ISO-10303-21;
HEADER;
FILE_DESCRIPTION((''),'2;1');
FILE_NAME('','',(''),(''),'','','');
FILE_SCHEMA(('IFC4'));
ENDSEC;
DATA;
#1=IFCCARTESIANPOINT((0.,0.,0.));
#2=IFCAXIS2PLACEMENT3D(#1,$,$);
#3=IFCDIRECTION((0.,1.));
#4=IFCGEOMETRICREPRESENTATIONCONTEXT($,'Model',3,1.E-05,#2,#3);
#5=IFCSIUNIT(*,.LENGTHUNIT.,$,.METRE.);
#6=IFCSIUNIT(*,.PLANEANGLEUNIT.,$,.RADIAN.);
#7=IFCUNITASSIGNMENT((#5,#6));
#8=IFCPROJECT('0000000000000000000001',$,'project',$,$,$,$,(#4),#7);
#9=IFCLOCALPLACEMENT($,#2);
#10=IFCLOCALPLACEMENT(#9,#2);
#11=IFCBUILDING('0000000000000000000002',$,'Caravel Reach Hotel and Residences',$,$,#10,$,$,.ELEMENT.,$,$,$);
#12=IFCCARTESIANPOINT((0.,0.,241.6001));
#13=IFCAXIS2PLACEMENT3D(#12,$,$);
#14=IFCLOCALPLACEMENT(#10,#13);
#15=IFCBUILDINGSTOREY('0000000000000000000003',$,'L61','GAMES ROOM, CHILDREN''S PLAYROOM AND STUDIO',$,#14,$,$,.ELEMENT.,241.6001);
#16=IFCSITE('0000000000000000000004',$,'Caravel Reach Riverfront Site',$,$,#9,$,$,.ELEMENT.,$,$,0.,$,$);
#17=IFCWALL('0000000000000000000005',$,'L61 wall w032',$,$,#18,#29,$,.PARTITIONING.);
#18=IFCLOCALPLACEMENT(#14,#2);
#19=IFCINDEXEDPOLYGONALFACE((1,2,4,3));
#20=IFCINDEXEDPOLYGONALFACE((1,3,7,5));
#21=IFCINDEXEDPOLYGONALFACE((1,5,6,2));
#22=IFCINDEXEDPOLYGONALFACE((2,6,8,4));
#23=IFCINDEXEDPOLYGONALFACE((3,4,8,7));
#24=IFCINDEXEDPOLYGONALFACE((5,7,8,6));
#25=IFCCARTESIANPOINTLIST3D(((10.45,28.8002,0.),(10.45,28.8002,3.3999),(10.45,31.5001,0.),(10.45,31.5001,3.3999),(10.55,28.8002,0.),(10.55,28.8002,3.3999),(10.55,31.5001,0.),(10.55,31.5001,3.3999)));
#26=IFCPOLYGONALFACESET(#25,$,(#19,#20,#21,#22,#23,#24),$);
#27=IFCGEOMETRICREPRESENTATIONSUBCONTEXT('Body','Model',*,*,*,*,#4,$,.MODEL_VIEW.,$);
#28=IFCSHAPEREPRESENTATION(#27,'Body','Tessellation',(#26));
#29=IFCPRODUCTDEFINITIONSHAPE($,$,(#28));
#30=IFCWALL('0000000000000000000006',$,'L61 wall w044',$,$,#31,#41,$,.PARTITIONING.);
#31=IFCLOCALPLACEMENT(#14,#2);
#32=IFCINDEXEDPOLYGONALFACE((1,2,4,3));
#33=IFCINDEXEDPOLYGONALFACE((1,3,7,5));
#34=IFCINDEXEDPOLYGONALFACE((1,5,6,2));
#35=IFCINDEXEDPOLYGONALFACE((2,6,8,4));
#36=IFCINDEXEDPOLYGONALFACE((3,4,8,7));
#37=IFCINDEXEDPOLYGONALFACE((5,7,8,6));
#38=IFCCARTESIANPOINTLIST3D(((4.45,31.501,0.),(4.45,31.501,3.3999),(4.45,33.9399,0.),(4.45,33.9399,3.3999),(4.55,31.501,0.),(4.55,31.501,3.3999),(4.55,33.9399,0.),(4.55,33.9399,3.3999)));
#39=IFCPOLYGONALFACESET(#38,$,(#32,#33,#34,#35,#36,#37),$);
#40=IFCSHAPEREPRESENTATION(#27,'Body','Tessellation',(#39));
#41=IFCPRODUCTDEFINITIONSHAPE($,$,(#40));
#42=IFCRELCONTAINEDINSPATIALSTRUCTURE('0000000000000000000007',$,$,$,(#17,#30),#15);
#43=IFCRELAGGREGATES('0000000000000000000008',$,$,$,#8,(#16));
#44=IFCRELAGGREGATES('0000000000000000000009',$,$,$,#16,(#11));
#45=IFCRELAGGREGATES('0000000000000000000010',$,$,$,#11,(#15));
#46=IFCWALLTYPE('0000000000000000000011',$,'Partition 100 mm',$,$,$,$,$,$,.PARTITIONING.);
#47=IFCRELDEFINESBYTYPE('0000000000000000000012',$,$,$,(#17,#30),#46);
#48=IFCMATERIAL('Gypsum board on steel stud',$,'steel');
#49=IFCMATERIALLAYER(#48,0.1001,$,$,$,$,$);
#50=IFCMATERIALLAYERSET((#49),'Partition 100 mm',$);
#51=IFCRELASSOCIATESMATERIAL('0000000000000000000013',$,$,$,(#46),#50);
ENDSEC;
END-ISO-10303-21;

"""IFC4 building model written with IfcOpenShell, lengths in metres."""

from ifc_helpers import new_model, si_unit, direction, frame, frame_2d, origin, place, context, subcontext, project, spatial, rectangle, extrude, material, layer, layer_set, type_object, element, save


model = new_model("IFC4")

# Units and contexts
model_context = context("Model", 3, precision=1e-05, world=origin(), true_north=direction((0.0, 1.0)))
body_context = subcontext(model_context, "Body", "Model", "MODEL_VIEW")
ifc_project = project(units=[si_unit("LENGTHUNIT", "METRE"), si_unit("PLANEANGLEUNIT", "RADIAN")], contexts=[model_context])

# Site, building, storey
site_placement = place(None, origin())
site = spatial("IfcSite", under=ifc_project, at=site_placement, Name="Caravel Reach Riverfront Site", CompositionType="ELEMENT", RefElevation=0.0)
building_placement = place(site_placement, origin())
building = spatial("IfcBuilding", under=site, at=building_placement, Name="Caravel Reach Hotel and Residences", CompositionType="ELEMENT")
storey_placement = place(building_placement, frame((0.0, 0.0, 241.6001)))
storey = spatial("IfcBuildingStorey", under=building, at=storey_placement, Name="L61", Description="GAMES ROOM, CHILDREN'S PLAYROOM AND STUDIO", CompositionType="ELEMENT", Elevation=241.6001)

# Shared definitions
ifc_material_1 = material(Name="Gypsum board on steel stud", Category="steel")
ifc_layer_1 = layer(ifc_material_1, 0.1001)
ifc_layer_set_1 = layer_set([ifc_layer_1], Name="Partition 100 mm")
wall_type_1 = type_object("IfcWallType", Name="Partition 100 mm", PredefinedType="PARTITIONING", material=ifc_layer_set_1)

# Walls
wall_1_placement = place(storey_placement, frame((10.5, 28.8, 0.0), z_axis=(0.0, 0.0, 1.0), x_axis=(0.0, 1.0, 0.0)))
element("IfcWall", 1, at=wall_1_placement, inside=storey, type_object=wall_type_1, Name="L61 wall w032", PredefinedType="PARTITIONING", context=body_context, shape_type="SweptSolid", body=[
    extrude(rectangle(XDim=2.7, YDim=0.1001, at=frame_2d((1.3501, 0.0))), origin(), (0.0, 0.0, 1.0), 3.3999),
])
wall_2_placement = place(storey_placement, frame((4.5, 31.501, 0.0), z_axis=(0.0, 0.0, 1.0), x_axis=(0.0, 1.0, 0.0)))
element("IfcWall", 2, at=wall_2_placement, inside=storey, type_object=wall_type_1, Name="L61 wall w044", PredefinedType="PARTITIONING", context=body_context, shape_type="SweptSolid", body=[
    extrude(rectangle(XDim=2.439, YDim=0.1001, at=frame_2d((1.2195, 0.0))), origin(), (0.0, 0.0, 1.0), 3.3999),
])

save(model, "model.ifc")
